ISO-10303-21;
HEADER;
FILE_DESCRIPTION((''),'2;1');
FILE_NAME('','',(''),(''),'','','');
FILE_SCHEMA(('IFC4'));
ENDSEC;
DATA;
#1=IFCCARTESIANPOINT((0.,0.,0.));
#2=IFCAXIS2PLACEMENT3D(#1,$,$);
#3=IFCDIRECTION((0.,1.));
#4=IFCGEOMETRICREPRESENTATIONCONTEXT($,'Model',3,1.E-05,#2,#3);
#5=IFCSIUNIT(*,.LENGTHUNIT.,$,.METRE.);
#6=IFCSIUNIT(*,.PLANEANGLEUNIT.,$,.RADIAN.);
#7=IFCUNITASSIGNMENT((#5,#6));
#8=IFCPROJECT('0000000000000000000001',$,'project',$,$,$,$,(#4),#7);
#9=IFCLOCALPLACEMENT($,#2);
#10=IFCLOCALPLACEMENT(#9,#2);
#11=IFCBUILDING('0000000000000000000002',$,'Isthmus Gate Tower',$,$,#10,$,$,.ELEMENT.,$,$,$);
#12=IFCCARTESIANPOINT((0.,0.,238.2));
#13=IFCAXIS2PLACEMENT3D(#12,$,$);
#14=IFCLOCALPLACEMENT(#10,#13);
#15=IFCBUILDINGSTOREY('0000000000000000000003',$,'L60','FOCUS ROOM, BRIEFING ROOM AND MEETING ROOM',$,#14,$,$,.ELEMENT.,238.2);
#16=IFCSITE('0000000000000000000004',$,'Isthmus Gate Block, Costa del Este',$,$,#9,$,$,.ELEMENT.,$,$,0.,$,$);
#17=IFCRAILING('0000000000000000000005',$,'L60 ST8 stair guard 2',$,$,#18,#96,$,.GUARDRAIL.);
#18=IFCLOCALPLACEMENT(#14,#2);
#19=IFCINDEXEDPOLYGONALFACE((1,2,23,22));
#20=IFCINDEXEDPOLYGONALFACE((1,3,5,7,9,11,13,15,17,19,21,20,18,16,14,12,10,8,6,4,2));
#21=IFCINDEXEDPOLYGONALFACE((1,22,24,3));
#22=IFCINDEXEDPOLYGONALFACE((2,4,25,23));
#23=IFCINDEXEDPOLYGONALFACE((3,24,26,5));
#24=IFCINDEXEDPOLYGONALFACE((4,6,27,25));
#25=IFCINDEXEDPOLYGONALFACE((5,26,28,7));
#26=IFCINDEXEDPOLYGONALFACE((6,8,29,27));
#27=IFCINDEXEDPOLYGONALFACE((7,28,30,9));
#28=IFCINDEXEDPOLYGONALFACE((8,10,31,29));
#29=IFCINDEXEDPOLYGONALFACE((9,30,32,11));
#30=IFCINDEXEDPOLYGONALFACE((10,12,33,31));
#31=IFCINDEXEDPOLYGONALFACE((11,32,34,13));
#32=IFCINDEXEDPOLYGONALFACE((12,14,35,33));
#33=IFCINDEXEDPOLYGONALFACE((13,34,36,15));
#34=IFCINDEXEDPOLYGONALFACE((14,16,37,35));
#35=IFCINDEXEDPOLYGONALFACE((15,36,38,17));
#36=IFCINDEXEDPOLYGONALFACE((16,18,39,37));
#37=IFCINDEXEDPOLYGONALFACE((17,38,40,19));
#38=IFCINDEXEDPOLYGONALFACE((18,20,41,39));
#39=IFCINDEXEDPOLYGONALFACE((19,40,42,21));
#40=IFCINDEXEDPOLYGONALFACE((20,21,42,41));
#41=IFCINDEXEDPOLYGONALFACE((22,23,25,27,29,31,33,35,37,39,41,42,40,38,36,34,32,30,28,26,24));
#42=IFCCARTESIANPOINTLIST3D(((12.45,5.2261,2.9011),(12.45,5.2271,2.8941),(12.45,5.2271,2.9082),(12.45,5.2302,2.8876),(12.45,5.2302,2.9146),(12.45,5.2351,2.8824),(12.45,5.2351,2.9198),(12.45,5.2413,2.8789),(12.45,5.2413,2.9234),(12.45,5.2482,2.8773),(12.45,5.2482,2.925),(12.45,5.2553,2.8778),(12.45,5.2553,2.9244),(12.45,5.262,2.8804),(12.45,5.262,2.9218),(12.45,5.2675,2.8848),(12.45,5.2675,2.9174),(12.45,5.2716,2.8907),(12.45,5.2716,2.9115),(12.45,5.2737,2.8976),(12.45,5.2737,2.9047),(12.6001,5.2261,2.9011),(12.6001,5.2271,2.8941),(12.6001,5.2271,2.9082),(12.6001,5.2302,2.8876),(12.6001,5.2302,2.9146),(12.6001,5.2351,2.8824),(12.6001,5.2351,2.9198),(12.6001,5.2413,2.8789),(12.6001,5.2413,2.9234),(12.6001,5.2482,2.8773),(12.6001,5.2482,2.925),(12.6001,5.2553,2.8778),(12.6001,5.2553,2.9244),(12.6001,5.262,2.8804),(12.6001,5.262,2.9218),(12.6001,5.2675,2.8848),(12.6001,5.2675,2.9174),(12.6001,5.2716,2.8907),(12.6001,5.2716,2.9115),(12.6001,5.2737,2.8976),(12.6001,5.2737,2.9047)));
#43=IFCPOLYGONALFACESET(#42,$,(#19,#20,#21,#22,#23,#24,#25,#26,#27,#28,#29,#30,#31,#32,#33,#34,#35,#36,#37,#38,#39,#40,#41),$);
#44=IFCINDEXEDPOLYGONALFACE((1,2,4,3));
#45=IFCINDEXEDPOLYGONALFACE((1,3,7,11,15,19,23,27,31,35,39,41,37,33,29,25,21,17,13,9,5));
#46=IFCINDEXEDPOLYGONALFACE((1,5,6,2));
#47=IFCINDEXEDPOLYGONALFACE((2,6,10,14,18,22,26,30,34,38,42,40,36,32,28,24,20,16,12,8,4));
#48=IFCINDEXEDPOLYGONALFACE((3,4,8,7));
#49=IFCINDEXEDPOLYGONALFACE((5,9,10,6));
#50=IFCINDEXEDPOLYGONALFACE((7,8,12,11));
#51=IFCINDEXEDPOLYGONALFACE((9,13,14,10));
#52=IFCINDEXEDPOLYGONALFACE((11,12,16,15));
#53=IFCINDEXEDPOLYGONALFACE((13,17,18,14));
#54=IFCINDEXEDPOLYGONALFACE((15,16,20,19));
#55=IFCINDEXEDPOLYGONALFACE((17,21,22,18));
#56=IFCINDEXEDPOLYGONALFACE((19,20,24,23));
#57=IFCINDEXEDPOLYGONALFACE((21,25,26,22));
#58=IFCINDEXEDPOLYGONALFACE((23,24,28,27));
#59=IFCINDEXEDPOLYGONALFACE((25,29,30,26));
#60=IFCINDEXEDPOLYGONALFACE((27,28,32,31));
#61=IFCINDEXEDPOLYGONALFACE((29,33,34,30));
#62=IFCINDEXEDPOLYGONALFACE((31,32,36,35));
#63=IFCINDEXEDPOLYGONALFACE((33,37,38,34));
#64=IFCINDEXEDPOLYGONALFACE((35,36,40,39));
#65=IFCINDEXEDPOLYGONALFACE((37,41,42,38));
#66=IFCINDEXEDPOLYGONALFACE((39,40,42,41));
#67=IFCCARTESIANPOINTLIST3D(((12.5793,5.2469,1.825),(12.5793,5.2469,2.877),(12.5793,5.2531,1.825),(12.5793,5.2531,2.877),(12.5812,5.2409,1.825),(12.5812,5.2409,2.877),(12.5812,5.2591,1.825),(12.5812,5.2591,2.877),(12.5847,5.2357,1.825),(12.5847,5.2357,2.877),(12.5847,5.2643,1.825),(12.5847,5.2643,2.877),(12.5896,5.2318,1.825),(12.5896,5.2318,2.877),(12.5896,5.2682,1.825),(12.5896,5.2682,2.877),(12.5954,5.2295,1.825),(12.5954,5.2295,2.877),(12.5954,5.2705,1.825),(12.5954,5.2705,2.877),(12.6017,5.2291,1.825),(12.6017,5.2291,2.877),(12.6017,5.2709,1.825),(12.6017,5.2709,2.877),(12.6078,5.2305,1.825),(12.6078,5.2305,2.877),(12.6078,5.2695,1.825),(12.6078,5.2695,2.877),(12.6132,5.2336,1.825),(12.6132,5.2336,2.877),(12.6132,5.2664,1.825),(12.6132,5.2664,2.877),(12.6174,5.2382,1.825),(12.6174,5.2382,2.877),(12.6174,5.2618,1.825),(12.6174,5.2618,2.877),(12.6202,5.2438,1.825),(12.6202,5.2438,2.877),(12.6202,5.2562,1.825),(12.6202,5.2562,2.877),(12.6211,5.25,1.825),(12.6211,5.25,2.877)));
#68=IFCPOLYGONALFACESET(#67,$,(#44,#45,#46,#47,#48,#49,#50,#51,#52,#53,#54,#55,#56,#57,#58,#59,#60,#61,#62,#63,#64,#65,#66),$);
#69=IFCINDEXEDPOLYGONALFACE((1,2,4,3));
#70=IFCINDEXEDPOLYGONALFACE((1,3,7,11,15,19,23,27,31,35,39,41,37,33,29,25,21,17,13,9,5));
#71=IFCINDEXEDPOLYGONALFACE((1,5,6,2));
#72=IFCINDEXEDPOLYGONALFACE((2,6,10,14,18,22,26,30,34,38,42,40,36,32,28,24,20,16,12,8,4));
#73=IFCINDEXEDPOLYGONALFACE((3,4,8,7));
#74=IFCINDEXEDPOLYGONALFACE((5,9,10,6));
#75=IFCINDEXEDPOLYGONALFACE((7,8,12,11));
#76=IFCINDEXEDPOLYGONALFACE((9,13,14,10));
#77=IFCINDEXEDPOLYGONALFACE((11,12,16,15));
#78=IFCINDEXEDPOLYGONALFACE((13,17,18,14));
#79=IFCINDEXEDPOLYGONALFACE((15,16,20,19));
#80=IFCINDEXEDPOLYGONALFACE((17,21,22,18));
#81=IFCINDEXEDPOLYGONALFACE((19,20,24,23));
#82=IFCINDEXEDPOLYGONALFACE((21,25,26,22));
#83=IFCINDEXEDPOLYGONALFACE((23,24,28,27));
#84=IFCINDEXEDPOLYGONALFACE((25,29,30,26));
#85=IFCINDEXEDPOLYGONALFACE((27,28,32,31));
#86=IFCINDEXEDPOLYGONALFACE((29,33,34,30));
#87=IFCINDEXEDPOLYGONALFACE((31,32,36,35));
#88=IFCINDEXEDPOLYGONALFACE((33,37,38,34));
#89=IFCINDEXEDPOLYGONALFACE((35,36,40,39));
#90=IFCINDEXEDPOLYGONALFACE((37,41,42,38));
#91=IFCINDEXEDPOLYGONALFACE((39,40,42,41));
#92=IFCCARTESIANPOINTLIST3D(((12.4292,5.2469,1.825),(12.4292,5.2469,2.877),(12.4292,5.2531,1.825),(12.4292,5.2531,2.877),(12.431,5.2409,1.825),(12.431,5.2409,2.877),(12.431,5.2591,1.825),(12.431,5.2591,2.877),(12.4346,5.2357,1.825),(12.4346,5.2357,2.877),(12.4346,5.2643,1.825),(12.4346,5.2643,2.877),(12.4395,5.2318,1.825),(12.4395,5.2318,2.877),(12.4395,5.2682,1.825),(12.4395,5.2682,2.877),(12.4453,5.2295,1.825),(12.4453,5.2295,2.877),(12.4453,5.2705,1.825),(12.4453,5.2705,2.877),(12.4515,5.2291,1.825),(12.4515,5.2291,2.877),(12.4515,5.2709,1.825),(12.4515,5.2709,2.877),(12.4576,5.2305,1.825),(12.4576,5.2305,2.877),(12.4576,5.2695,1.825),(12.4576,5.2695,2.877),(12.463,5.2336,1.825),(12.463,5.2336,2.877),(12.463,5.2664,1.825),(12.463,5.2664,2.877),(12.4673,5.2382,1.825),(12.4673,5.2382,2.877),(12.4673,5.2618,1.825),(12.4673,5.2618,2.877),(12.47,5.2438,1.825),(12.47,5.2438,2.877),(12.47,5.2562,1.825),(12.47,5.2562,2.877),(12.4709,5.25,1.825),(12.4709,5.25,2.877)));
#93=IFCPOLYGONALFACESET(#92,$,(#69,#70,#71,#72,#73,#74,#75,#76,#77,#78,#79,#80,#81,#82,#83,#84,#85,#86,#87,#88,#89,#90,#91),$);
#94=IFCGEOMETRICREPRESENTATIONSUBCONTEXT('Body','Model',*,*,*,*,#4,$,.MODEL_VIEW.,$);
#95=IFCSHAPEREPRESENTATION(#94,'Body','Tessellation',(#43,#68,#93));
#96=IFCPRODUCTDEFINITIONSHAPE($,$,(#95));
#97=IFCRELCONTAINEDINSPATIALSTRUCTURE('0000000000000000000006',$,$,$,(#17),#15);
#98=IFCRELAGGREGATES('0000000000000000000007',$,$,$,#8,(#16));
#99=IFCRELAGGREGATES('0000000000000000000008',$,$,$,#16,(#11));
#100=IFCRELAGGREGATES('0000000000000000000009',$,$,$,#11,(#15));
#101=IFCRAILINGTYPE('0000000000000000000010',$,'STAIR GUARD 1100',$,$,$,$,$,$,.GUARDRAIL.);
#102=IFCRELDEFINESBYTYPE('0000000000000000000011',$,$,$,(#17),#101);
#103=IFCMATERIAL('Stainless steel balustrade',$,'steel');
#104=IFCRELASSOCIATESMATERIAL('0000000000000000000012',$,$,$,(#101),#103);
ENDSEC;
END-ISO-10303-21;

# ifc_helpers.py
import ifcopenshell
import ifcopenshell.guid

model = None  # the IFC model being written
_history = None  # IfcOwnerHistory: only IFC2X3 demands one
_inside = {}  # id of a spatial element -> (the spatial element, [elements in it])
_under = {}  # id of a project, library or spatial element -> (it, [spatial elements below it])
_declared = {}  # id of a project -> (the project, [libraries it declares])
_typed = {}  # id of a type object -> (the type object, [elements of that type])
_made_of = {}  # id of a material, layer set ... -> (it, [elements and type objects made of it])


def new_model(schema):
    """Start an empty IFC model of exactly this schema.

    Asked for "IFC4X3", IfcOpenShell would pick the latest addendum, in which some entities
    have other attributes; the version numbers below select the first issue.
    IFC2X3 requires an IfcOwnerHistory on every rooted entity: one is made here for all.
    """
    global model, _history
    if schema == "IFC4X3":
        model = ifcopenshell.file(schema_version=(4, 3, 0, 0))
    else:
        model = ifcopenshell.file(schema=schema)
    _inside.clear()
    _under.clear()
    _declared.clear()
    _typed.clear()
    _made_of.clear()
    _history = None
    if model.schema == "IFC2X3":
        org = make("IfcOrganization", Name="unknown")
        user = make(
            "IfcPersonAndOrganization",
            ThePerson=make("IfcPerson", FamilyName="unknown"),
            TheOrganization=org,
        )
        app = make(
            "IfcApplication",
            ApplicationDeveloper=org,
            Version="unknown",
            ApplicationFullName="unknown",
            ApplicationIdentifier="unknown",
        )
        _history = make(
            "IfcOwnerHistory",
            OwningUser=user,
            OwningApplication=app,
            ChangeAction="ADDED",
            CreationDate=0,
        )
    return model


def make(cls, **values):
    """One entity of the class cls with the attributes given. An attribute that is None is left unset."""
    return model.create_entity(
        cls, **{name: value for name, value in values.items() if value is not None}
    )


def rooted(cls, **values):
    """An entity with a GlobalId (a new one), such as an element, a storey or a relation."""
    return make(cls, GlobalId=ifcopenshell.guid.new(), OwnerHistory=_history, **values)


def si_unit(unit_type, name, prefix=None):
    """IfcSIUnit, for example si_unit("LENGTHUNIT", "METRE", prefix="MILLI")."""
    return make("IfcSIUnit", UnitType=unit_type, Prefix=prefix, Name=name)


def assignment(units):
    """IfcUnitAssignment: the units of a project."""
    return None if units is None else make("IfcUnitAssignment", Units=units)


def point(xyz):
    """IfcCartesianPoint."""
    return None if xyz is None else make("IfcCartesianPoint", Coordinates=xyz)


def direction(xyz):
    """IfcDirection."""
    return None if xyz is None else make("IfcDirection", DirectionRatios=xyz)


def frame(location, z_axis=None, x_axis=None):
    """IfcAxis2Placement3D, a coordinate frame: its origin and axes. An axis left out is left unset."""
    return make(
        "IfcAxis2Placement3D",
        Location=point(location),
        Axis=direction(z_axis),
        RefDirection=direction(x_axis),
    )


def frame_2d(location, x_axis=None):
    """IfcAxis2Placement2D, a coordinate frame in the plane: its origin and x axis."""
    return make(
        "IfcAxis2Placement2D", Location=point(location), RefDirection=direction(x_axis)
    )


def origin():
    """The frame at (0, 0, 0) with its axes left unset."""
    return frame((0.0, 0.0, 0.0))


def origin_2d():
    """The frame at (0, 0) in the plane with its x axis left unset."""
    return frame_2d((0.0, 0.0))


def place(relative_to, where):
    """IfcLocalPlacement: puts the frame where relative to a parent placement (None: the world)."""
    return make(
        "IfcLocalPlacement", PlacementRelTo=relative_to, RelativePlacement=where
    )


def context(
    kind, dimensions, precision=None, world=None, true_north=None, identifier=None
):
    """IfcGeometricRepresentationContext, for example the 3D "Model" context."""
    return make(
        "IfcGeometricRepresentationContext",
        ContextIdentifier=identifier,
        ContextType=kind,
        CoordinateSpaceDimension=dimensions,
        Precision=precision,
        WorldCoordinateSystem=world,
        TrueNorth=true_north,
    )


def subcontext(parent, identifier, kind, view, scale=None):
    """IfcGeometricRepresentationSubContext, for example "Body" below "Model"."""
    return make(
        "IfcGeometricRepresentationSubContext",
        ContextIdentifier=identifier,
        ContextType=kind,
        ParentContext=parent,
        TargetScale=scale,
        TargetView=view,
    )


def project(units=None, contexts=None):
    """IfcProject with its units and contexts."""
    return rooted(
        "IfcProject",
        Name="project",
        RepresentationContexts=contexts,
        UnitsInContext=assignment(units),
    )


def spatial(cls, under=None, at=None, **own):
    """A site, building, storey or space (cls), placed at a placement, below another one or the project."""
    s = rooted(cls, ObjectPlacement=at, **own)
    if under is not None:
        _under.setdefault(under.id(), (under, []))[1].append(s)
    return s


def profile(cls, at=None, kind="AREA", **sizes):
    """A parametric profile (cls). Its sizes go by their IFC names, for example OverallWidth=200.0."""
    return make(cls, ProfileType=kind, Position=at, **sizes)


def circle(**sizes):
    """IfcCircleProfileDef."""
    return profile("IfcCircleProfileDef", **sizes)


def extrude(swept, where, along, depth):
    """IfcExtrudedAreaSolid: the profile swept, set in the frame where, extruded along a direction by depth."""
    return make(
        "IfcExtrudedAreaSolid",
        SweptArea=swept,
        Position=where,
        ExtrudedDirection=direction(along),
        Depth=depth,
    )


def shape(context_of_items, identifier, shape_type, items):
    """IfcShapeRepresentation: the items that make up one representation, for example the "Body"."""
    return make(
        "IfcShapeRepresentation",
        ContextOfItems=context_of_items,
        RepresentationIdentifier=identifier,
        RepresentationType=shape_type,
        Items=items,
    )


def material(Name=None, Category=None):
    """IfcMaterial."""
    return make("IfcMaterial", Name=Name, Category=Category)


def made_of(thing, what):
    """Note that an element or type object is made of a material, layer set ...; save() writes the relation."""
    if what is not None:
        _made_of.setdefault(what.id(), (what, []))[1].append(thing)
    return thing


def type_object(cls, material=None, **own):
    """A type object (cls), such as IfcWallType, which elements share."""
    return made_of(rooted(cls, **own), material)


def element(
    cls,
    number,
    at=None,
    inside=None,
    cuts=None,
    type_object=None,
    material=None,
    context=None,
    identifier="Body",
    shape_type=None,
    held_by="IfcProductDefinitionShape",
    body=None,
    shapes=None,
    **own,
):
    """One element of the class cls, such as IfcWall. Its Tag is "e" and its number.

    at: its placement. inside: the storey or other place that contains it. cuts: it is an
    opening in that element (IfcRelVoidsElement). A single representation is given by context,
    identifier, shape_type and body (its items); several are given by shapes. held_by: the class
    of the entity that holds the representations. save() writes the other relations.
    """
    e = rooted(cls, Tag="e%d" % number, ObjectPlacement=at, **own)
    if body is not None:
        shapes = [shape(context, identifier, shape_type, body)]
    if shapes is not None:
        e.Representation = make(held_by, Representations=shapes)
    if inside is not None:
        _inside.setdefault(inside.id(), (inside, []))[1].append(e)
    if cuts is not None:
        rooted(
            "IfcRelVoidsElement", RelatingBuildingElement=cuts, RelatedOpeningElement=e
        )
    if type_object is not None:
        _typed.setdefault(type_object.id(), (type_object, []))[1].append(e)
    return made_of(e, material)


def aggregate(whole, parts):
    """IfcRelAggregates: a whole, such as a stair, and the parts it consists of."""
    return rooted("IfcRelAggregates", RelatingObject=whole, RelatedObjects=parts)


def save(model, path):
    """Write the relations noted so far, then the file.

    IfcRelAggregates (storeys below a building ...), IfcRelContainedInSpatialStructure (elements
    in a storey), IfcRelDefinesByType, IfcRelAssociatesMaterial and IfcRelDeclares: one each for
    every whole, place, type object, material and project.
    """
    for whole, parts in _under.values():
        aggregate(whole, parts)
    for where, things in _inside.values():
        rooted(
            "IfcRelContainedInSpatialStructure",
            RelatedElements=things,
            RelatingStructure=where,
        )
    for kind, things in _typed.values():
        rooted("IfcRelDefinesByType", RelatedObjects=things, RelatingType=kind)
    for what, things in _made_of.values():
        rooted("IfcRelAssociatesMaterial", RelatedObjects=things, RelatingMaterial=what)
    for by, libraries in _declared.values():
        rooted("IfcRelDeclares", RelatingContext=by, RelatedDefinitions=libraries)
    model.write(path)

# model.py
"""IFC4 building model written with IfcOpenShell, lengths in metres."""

from ifc_helpers import new_model, si_unit, direction, frame, origin, origin_2d, place, context, subcontext, project, spatial, circle, extrude, material, type_object, element, save


model = new_model("IFC4")

# Units and contexts
model_context = context("Model", 3, precision=1e-05, world=origin(), true_north=direction((0.0, 1.0)))
body_context = subcontext(model_context, "Body", "Model", "MODEL_VIEW")
ifc_project = project(units=[si_unit("LENGTHUNIT", "METRE"), si_unit("PLANEANGLEUNIT", "RADIAN")], contexts=[model_context])

# Site, building, storey
site_placement = place(None, origin())
site = spatial("IfcSite", under=ifc_project, at=site_placement, Name="Isthmus Gate Block, Costa del Este", CompositionType="ELEMENT", RefElevation=0.0)
building_placement = place(site_placement, origin())
building = spatial("IfcBuilding", under=site, at=building_placement, Name="Isthmus Gate Tower", CompositionType="ELEMENT")
storey_placement = place(building_placement, frame((0.0, 0.0, 238.2)))
storey = spatial("IfcBuildingStorey", under=building, at=storey_placement, Name="L60", Description="FOCUS ROOM, BRIEFING ROOM AND MEETING ROOM", CompositionType="ELEMENT", Elevation=238.2)

# Railing
ifc_material_1 = material(Name="Stainless steel balustrade", Category="steel")
railing_type_1 = type_object("IfcRailingType", Name="STAIR GUARD 1100", PredefinedType="GUARDRAIL", material=ifc_material_1)
railing_1_placement = place(storey_placement, frame((12.6001, 5.25, 1.825)))
element("IfcRailing", 1, at=railing_1_placement, inside=storey, type_object=railing_type_1, Name="L60 ST8 stair guard 2", PredefinedType="GUARDRAIL", context=body_context, shape_type="SweptSolid", body=[
    extrude(circle(Radius=0.0239, at=origin_2d()), frame((0.0, 0.0, 1.0762), z_axis=(-1.0, 0.0, 0.0), x_axis=(0.0, -1.0, 0.0)), (0.0, 0.0, 1.0), 0.1501),
    extrude(circle(Radius=0.021, at=origin_2d()), origin(), (0.0, 0.0, 1.0), 1.052),
    extrude(circle(Radius=0.021, at=origin_2d()), frame((-0.1501, 0.0, 0.0)), (0.0, 0.0, 1.0), 1.052),
])

save(model, "model.ifc")
